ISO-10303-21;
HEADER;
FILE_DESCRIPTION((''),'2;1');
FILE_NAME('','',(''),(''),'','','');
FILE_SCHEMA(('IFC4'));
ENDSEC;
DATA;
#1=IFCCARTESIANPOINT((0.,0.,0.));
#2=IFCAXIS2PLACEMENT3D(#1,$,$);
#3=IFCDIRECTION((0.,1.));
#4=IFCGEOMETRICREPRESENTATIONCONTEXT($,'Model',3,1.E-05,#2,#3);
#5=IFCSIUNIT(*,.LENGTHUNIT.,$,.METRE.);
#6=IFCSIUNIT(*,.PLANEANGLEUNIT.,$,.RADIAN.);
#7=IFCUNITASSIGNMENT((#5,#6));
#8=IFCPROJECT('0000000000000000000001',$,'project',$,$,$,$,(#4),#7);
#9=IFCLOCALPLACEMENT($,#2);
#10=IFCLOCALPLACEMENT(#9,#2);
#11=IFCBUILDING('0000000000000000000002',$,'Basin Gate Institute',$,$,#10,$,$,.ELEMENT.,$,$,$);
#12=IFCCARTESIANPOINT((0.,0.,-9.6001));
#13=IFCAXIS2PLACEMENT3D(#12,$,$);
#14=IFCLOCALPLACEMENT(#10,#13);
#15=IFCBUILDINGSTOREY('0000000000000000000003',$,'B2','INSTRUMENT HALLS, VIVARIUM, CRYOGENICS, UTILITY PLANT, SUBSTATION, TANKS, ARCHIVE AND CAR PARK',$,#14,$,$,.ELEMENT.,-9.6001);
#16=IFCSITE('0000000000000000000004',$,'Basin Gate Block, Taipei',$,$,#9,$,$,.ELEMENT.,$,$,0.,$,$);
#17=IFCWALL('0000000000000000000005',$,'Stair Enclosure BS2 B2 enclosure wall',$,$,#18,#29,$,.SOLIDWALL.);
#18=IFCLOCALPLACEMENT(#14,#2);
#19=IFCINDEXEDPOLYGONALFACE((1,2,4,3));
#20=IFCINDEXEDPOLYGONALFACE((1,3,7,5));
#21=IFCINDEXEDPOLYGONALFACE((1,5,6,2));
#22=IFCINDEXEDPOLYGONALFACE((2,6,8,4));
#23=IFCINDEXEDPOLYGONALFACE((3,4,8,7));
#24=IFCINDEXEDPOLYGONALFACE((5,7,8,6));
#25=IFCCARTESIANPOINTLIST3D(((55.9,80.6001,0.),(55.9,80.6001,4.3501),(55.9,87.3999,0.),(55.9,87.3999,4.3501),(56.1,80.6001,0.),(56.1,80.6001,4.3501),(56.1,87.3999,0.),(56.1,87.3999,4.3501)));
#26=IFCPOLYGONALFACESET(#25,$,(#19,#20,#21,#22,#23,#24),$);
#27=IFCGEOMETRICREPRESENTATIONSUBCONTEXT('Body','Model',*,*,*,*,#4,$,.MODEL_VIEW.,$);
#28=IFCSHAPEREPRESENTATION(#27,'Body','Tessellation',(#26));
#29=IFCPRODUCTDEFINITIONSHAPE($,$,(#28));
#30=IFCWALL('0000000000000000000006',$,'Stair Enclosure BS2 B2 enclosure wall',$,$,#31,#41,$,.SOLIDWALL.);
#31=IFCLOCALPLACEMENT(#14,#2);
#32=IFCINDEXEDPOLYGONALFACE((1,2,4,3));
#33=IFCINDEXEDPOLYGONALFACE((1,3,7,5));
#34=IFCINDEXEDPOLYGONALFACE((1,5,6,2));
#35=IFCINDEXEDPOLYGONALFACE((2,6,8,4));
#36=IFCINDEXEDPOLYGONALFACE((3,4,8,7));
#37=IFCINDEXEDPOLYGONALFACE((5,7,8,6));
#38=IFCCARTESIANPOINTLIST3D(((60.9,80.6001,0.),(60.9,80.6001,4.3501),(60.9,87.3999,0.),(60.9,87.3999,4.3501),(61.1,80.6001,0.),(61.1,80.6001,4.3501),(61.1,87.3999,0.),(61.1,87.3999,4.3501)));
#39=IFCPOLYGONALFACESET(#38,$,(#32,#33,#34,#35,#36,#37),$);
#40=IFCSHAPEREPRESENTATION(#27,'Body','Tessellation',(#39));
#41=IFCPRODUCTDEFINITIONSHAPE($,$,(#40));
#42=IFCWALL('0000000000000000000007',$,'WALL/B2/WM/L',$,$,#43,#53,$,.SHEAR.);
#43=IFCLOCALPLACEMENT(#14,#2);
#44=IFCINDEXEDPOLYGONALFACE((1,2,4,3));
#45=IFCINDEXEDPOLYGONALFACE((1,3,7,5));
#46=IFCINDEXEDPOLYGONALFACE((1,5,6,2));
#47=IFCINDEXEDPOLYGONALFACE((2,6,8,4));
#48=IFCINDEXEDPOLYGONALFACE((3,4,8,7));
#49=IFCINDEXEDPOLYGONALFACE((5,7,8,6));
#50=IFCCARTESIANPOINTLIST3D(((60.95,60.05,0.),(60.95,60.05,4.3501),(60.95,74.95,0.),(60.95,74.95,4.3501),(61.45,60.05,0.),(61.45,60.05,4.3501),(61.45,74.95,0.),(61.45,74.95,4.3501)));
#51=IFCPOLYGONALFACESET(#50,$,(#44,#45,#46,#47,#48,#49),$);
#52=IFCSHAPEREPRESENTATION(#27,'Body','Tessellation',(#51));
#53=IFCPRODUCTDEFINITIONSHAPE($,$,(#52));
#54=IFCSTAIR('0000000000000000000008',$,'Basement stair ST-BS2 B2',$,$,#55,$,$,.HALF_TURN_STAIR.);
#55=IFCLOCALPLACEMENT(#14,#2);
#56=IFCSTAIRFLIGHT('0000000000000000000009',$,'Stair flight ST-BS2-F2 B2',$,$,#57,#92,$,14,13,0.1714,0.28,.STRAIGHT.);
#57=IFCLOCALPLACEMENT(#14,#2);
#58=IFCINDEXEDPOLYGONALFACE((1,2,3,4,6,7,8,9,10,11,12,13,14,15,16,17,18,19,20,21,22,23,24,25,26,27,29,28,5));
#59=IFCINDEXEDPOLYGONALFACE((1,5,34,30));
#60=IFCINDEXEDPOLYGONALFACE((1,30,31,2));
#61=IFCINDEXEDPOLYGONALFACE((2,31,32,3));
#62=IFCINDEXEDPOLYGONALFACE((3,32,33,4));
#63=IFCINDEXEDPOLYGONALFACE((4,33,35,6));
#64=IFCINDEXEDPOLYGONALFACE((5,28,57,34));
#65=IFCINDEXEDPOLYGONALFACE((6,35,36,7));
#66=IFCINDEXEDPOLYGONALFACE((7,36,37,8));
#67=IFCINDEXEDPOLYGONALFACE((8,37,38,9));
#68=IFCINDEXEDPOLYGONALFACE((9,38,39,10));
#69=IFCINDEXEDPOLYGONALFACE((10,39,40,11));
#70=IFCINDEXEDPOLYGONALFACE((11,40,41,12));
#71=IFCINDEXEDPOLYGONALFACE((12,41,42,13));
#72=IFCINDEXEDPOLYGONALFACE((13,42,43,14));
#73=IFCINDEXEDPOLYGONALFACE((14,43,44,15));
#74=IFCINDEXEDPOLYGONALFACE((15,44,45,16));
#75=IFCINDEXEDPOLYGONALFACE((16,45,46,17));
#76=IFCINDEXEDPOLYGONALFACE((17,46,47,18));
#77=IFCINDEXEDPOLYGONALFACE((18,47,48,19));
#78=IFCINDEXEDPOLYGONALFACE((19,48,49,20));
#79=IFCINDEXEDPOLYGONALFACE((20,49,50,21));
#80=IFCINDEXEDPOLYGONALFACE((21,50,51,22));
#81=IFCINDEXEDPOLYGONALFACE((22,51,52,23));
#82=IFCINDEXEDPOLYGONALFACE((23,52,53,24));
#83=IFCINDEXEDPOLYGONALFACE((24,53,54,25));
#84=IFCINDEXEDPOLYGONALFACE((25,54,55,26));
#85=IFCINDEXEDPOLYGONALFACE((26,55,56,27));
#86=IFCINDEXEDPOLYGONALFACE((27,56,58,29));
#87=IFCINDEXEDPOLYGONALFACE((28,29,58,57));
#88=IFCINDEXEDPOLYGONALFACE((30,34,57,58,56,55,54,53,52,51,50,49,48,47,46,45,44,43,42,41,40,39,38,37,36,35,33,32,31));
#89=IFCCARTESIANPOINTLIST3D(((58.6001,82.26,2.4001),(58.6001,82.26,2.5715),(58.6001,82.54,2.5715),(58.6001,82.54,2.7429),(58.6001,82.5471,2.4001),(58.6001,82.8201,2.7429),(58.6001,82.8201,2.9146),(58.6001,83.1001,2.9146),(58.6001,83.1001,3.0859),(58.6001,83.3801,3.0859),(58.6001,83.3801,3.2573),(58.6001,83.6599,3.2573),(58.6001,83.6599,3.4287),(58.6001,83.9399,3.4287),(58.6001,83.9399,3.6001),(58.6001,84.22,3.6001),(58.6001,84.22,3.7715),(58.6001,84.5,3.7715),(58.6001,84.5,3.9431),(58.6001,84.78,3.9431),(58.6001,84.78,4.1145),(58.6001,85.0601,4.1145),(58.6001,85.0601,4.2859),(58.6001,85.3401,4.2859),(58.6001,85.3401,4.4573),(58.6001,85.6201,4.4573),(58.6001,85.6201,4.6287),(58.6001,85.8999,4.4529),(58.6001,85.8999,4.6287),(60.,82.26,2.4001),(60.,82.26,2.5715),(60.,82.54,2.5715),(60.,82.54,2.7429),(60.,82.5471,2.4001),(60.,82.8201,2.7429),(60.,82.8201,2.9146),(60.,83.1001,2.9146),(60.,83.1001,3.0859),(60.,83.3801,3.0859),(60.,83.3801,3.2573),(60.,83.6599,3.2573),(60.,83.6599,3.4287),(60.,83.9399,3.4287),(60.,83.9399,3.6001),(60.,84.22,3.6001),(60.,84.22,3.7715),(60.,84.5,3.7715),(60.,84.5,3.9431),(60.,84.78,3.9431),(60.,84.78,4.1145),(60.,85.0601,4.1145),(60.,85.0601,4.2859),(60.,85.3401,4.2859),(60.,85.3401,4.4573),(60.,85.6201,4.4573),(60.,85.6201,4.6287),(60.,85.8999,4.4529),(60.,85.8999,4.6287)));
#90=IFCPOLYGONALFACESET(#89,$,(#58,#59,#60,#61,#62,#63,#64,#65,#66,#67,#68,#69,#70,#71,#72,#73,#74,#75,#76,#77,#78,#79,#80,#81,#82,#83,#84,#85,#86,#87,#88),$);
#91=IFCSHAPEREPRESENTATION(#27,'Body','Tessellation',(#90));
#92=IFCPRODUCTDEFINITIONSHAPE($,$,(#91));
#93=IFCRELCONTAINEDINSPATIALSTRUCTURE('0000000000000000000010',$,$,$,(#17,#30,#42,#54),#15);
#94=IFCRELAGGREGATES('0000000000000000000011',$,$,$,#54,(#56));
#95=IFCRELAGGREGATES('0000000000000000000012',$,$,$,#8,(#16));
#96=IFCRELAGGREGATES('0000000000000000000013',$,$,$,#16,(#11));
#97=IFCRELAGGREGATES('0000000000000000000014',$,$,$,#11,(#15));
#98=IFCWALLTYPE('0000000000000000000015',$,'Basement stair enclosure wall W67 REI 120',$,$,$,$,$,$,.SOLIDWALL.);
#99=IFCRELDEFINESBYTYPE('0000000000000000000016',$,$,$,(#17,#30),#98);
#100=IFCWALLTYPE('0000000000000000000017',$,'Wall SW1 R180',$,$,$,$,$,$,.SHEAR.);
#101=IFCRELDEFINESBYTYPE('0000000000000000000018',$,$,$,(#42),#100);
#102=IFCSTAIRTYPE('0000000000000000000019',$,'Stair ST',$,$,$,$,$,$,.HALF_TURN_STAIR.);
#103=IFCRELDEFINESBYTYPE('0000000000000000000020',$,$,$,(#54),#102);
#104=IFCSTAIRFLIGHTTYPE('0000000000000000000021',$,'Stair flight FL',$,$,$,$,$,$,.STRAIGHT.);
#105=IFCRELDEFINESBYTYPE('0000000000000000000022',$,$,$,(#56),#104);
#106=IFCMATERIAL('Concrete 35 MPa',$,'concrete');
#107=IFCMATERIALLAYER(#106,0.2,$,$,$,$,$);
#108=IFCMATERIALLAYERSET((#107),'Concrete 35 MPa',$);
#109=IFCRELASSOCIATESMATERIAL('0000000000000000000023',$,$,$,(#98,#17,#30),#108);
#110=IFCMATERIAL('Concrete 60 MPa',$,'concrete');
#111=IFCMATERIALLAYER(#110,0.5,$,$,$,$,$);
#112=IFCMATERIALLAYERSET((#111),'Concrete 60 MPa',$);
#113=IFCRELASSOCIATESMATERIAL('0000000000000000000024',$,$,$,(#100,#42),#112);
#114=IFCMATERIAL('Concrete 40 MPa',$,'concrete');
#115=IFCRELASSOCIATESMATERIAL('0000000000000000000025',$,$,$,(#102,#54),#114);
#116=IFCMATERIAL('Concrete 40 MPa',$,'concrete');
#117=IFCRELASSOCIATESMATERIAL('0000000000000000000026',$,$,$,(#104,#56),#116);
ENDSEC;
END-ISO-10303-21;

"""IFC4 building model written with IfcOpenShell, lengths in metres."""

from ifc_helpers import new_model, si_unit, direction, frame, frame_2d, origin, place, context, subcontext, project, spatial, polyline, rectangle, outline, extrude, material, layer, layer_set, type_object, element, aggregate, save


model = new_model("IFC4")

# Units and contexts
model_context = context("Model", 3, precision=1e-05, world=origin(), true_north=direction((0.0, 1.0)))
body_context = subcontext(model_context, "Body", "Model", "MODEL_VIEW")
ifc_project = project(units=[si_unit("LENGTHUNIT", "METRE"), si_unit("PLANEANGLEUNIT", "RADIAN")], contexts=[model_context])

# Site, building, storey
site_placement = place(None, origin())
site = spatial("IfcSite", under=ifc_project, at=site_placement, Name="Basin Gate Block, Taipei", CompositionType="ELEMENT", RefElevation=0.0)
building_placement = place(site_placement, origin())
building = spatial("IfcBuilding", under=site, at=building_placement, Name="Basin Gate Institute", CompositionType="ELEMENT")
storey_placement = place(building_placement, frame((0.0, 0.0, -9.6001)))
storey = spatial("IfcBuildingStorey", under=building, at=storey_placement, Name="B2", Description="INSTRUMENT HALLS, VIVARIUM, CRYOGENICS, UTILITY PLANT, SUBSTATION, TANKS, ARCHIVE AND CAR PARK", CompositionType="ELEMENT", Elevation=-9.6001)

# Walls
ifc_material_1 = material(Name="Concrete 35 MPa", Category="concrete")
ifc_layer_1 = layer(ifc_material_1, 0.2)
ifc_layer_set_1 = layer_set([ifc_layer_1], Name="Concrete 35 MPa")
wall_type_1 = type_object("IfcWallType", Name="Basement stair enclosure wall W67 REI 120", PredefinedType="SOLIDWALL", material=ifc_layer_set_1)
for number, where, z_axis, x_axis, name in (
    (1, (56.0, 80.6001, 0.0), (0.0, 0.0, 1.0), (0.0, 1.0, 0.0), "Stair Enclosure BS2 B2 enclosure wall"),
    (2, (61.0, 80.6001, 0.0), (0.0, 0.0, 1.0), (0.0, 1.0, 0.0), "Stair Enclosure BS2 B2 enclosure wall"),
):
    element("IfcWall", number, at=place(storey_placement, frame(where, z_axis=z_axis, x_axis=x_axis)), inside=storey, type_object=wall_type_1, material=ifc_layer_set_1, Name=name, PredefinedType="SOLIDWALL", context=body_context, shape_type="SweptSolid", body=[
        extrude(rectangle(XDim=6.7998, YDim=0.2, at=frame_2d((3.3999, 0.0))), origin(), (0.0, 0.0, 1.0), 4.3501),
    ])
ifc_material_2 = material(Name="Concrete 60 MPa", Category="concrete")
ifc_layer_2 = layer(ifc_material_2, 0.5)
ifc_layer_set_2 = layer_set([ifc_layer_2], Name="Concrete 60 MPa")
wall_type_2 = type_object("IfcWallType", Name="Wall SW1 R180", PredefinedType="SHEAR", material=ifc_layer_set_2)
wall_1_placement = place(storey_placement, frame((61.2, 60.05, 0.0), z_axis=(0.0, 0.0, 1.0), x_axis=(0.0, 1.0, 0.0)))
element("IfcWall", 3, at=wall_1_placement, inside=storey, type_object=wall_type_2, material=ifc_layer_set_2, Name="WALL/B2/WM/L", PredefinedType="SHEAR", context=body_context, shape_type="SweptSolid", body=[
    extrude(rectangle(XDim=14.8999, YDim=0.5, at=frame_2d((7.45, 0.0))), origin(), (0.0, 0.0, 1.0), 4.3501),
])

# Stair, stair flight
ifc_material_3 = material(Name="Concrete 40 MPa", Category="concrete")
stair_type = type_object("IfcStairType", Name="Stair ST", PredefinedType="HALF_TURN_STAIR", material=ifc_material_3)
stair_placement = place(storey_placement, origin())
stair = element("IfcStair", 4, at=stair_placement, inside=storey, type_object=stair_type, material=ifc_material_3, Name="Basement stair ST-BS2 B2", PredefinedType="HALF_TURN_STAIR")
ifc_material_4 = material(Name="Concrete 40 MPa", Category="concrete")
stair_flight_type = type_object("IfcStairFlightType", Name="Stair flight FL", PredefinedType="STRAIGHT", material=ifc_material_4)
stair_flight_placement = place(storey_placement, frame((59.3, 82.26, 2.4001), z_axis=(0.0, 0.0, 1.0), x_axis=(0.0, 1.0, 0.0)))
stair_flight = element("IfcStairFlight", 5, at=stair_flight_placement, type_object=stair_flight_type, material=ifc_material_4, Name="Stair flight ST-BS2-F2 B2", NumberOfRisers=14, NumberOfTreads=13, PredefinedType="STRAIGHT", RiserHeight=0.1714, TreadLength=0.28, context=body_context, shape_type="SweptSolid", body=[
    extrude(outline(polyline([(0.0, 0.0), (0.0, 0.1714), (0.28, 0.1714), (0.28, 0.3428), (0.5601, 0.3428), (0.5601, 0.5144), (0.8401, 0.5144), (0.8401, 0.6858), (1.1201, 0.6858), (1.1201, 0.8572), (1.3999, 0.8572), (1.3999, 1.0286), (1.6799, 1.0286), (1.6799, 1.2), (1.96, 1.2), (1.96, 1.3713), (2.24, 1.3713), (2.24, 1.543), (2.52, 1.543), (2.52, 1.7144), (2.8, 1.7144), (2.8, 1.8857), (3.0801, 1.8857), (3.0801, 2.0571), (3.3601, 2.0571), (3.3601, 2.2285), (3.6399, 2.2285), (3.6399, 2.3999), (3.6399, 2.0527), (0.2871, 0.0), (0.0, 0.0)])), frame((0.0, 0.7, 0.0), z_axis=(0.0, -1.0, 0.0), x_axis=(1.0, 0.0, 0.0)), (0.0, 0.0, 1.0), 1.3999),
])
aggregate(stair, [stair_flight])

save(model, "model.ifc")
